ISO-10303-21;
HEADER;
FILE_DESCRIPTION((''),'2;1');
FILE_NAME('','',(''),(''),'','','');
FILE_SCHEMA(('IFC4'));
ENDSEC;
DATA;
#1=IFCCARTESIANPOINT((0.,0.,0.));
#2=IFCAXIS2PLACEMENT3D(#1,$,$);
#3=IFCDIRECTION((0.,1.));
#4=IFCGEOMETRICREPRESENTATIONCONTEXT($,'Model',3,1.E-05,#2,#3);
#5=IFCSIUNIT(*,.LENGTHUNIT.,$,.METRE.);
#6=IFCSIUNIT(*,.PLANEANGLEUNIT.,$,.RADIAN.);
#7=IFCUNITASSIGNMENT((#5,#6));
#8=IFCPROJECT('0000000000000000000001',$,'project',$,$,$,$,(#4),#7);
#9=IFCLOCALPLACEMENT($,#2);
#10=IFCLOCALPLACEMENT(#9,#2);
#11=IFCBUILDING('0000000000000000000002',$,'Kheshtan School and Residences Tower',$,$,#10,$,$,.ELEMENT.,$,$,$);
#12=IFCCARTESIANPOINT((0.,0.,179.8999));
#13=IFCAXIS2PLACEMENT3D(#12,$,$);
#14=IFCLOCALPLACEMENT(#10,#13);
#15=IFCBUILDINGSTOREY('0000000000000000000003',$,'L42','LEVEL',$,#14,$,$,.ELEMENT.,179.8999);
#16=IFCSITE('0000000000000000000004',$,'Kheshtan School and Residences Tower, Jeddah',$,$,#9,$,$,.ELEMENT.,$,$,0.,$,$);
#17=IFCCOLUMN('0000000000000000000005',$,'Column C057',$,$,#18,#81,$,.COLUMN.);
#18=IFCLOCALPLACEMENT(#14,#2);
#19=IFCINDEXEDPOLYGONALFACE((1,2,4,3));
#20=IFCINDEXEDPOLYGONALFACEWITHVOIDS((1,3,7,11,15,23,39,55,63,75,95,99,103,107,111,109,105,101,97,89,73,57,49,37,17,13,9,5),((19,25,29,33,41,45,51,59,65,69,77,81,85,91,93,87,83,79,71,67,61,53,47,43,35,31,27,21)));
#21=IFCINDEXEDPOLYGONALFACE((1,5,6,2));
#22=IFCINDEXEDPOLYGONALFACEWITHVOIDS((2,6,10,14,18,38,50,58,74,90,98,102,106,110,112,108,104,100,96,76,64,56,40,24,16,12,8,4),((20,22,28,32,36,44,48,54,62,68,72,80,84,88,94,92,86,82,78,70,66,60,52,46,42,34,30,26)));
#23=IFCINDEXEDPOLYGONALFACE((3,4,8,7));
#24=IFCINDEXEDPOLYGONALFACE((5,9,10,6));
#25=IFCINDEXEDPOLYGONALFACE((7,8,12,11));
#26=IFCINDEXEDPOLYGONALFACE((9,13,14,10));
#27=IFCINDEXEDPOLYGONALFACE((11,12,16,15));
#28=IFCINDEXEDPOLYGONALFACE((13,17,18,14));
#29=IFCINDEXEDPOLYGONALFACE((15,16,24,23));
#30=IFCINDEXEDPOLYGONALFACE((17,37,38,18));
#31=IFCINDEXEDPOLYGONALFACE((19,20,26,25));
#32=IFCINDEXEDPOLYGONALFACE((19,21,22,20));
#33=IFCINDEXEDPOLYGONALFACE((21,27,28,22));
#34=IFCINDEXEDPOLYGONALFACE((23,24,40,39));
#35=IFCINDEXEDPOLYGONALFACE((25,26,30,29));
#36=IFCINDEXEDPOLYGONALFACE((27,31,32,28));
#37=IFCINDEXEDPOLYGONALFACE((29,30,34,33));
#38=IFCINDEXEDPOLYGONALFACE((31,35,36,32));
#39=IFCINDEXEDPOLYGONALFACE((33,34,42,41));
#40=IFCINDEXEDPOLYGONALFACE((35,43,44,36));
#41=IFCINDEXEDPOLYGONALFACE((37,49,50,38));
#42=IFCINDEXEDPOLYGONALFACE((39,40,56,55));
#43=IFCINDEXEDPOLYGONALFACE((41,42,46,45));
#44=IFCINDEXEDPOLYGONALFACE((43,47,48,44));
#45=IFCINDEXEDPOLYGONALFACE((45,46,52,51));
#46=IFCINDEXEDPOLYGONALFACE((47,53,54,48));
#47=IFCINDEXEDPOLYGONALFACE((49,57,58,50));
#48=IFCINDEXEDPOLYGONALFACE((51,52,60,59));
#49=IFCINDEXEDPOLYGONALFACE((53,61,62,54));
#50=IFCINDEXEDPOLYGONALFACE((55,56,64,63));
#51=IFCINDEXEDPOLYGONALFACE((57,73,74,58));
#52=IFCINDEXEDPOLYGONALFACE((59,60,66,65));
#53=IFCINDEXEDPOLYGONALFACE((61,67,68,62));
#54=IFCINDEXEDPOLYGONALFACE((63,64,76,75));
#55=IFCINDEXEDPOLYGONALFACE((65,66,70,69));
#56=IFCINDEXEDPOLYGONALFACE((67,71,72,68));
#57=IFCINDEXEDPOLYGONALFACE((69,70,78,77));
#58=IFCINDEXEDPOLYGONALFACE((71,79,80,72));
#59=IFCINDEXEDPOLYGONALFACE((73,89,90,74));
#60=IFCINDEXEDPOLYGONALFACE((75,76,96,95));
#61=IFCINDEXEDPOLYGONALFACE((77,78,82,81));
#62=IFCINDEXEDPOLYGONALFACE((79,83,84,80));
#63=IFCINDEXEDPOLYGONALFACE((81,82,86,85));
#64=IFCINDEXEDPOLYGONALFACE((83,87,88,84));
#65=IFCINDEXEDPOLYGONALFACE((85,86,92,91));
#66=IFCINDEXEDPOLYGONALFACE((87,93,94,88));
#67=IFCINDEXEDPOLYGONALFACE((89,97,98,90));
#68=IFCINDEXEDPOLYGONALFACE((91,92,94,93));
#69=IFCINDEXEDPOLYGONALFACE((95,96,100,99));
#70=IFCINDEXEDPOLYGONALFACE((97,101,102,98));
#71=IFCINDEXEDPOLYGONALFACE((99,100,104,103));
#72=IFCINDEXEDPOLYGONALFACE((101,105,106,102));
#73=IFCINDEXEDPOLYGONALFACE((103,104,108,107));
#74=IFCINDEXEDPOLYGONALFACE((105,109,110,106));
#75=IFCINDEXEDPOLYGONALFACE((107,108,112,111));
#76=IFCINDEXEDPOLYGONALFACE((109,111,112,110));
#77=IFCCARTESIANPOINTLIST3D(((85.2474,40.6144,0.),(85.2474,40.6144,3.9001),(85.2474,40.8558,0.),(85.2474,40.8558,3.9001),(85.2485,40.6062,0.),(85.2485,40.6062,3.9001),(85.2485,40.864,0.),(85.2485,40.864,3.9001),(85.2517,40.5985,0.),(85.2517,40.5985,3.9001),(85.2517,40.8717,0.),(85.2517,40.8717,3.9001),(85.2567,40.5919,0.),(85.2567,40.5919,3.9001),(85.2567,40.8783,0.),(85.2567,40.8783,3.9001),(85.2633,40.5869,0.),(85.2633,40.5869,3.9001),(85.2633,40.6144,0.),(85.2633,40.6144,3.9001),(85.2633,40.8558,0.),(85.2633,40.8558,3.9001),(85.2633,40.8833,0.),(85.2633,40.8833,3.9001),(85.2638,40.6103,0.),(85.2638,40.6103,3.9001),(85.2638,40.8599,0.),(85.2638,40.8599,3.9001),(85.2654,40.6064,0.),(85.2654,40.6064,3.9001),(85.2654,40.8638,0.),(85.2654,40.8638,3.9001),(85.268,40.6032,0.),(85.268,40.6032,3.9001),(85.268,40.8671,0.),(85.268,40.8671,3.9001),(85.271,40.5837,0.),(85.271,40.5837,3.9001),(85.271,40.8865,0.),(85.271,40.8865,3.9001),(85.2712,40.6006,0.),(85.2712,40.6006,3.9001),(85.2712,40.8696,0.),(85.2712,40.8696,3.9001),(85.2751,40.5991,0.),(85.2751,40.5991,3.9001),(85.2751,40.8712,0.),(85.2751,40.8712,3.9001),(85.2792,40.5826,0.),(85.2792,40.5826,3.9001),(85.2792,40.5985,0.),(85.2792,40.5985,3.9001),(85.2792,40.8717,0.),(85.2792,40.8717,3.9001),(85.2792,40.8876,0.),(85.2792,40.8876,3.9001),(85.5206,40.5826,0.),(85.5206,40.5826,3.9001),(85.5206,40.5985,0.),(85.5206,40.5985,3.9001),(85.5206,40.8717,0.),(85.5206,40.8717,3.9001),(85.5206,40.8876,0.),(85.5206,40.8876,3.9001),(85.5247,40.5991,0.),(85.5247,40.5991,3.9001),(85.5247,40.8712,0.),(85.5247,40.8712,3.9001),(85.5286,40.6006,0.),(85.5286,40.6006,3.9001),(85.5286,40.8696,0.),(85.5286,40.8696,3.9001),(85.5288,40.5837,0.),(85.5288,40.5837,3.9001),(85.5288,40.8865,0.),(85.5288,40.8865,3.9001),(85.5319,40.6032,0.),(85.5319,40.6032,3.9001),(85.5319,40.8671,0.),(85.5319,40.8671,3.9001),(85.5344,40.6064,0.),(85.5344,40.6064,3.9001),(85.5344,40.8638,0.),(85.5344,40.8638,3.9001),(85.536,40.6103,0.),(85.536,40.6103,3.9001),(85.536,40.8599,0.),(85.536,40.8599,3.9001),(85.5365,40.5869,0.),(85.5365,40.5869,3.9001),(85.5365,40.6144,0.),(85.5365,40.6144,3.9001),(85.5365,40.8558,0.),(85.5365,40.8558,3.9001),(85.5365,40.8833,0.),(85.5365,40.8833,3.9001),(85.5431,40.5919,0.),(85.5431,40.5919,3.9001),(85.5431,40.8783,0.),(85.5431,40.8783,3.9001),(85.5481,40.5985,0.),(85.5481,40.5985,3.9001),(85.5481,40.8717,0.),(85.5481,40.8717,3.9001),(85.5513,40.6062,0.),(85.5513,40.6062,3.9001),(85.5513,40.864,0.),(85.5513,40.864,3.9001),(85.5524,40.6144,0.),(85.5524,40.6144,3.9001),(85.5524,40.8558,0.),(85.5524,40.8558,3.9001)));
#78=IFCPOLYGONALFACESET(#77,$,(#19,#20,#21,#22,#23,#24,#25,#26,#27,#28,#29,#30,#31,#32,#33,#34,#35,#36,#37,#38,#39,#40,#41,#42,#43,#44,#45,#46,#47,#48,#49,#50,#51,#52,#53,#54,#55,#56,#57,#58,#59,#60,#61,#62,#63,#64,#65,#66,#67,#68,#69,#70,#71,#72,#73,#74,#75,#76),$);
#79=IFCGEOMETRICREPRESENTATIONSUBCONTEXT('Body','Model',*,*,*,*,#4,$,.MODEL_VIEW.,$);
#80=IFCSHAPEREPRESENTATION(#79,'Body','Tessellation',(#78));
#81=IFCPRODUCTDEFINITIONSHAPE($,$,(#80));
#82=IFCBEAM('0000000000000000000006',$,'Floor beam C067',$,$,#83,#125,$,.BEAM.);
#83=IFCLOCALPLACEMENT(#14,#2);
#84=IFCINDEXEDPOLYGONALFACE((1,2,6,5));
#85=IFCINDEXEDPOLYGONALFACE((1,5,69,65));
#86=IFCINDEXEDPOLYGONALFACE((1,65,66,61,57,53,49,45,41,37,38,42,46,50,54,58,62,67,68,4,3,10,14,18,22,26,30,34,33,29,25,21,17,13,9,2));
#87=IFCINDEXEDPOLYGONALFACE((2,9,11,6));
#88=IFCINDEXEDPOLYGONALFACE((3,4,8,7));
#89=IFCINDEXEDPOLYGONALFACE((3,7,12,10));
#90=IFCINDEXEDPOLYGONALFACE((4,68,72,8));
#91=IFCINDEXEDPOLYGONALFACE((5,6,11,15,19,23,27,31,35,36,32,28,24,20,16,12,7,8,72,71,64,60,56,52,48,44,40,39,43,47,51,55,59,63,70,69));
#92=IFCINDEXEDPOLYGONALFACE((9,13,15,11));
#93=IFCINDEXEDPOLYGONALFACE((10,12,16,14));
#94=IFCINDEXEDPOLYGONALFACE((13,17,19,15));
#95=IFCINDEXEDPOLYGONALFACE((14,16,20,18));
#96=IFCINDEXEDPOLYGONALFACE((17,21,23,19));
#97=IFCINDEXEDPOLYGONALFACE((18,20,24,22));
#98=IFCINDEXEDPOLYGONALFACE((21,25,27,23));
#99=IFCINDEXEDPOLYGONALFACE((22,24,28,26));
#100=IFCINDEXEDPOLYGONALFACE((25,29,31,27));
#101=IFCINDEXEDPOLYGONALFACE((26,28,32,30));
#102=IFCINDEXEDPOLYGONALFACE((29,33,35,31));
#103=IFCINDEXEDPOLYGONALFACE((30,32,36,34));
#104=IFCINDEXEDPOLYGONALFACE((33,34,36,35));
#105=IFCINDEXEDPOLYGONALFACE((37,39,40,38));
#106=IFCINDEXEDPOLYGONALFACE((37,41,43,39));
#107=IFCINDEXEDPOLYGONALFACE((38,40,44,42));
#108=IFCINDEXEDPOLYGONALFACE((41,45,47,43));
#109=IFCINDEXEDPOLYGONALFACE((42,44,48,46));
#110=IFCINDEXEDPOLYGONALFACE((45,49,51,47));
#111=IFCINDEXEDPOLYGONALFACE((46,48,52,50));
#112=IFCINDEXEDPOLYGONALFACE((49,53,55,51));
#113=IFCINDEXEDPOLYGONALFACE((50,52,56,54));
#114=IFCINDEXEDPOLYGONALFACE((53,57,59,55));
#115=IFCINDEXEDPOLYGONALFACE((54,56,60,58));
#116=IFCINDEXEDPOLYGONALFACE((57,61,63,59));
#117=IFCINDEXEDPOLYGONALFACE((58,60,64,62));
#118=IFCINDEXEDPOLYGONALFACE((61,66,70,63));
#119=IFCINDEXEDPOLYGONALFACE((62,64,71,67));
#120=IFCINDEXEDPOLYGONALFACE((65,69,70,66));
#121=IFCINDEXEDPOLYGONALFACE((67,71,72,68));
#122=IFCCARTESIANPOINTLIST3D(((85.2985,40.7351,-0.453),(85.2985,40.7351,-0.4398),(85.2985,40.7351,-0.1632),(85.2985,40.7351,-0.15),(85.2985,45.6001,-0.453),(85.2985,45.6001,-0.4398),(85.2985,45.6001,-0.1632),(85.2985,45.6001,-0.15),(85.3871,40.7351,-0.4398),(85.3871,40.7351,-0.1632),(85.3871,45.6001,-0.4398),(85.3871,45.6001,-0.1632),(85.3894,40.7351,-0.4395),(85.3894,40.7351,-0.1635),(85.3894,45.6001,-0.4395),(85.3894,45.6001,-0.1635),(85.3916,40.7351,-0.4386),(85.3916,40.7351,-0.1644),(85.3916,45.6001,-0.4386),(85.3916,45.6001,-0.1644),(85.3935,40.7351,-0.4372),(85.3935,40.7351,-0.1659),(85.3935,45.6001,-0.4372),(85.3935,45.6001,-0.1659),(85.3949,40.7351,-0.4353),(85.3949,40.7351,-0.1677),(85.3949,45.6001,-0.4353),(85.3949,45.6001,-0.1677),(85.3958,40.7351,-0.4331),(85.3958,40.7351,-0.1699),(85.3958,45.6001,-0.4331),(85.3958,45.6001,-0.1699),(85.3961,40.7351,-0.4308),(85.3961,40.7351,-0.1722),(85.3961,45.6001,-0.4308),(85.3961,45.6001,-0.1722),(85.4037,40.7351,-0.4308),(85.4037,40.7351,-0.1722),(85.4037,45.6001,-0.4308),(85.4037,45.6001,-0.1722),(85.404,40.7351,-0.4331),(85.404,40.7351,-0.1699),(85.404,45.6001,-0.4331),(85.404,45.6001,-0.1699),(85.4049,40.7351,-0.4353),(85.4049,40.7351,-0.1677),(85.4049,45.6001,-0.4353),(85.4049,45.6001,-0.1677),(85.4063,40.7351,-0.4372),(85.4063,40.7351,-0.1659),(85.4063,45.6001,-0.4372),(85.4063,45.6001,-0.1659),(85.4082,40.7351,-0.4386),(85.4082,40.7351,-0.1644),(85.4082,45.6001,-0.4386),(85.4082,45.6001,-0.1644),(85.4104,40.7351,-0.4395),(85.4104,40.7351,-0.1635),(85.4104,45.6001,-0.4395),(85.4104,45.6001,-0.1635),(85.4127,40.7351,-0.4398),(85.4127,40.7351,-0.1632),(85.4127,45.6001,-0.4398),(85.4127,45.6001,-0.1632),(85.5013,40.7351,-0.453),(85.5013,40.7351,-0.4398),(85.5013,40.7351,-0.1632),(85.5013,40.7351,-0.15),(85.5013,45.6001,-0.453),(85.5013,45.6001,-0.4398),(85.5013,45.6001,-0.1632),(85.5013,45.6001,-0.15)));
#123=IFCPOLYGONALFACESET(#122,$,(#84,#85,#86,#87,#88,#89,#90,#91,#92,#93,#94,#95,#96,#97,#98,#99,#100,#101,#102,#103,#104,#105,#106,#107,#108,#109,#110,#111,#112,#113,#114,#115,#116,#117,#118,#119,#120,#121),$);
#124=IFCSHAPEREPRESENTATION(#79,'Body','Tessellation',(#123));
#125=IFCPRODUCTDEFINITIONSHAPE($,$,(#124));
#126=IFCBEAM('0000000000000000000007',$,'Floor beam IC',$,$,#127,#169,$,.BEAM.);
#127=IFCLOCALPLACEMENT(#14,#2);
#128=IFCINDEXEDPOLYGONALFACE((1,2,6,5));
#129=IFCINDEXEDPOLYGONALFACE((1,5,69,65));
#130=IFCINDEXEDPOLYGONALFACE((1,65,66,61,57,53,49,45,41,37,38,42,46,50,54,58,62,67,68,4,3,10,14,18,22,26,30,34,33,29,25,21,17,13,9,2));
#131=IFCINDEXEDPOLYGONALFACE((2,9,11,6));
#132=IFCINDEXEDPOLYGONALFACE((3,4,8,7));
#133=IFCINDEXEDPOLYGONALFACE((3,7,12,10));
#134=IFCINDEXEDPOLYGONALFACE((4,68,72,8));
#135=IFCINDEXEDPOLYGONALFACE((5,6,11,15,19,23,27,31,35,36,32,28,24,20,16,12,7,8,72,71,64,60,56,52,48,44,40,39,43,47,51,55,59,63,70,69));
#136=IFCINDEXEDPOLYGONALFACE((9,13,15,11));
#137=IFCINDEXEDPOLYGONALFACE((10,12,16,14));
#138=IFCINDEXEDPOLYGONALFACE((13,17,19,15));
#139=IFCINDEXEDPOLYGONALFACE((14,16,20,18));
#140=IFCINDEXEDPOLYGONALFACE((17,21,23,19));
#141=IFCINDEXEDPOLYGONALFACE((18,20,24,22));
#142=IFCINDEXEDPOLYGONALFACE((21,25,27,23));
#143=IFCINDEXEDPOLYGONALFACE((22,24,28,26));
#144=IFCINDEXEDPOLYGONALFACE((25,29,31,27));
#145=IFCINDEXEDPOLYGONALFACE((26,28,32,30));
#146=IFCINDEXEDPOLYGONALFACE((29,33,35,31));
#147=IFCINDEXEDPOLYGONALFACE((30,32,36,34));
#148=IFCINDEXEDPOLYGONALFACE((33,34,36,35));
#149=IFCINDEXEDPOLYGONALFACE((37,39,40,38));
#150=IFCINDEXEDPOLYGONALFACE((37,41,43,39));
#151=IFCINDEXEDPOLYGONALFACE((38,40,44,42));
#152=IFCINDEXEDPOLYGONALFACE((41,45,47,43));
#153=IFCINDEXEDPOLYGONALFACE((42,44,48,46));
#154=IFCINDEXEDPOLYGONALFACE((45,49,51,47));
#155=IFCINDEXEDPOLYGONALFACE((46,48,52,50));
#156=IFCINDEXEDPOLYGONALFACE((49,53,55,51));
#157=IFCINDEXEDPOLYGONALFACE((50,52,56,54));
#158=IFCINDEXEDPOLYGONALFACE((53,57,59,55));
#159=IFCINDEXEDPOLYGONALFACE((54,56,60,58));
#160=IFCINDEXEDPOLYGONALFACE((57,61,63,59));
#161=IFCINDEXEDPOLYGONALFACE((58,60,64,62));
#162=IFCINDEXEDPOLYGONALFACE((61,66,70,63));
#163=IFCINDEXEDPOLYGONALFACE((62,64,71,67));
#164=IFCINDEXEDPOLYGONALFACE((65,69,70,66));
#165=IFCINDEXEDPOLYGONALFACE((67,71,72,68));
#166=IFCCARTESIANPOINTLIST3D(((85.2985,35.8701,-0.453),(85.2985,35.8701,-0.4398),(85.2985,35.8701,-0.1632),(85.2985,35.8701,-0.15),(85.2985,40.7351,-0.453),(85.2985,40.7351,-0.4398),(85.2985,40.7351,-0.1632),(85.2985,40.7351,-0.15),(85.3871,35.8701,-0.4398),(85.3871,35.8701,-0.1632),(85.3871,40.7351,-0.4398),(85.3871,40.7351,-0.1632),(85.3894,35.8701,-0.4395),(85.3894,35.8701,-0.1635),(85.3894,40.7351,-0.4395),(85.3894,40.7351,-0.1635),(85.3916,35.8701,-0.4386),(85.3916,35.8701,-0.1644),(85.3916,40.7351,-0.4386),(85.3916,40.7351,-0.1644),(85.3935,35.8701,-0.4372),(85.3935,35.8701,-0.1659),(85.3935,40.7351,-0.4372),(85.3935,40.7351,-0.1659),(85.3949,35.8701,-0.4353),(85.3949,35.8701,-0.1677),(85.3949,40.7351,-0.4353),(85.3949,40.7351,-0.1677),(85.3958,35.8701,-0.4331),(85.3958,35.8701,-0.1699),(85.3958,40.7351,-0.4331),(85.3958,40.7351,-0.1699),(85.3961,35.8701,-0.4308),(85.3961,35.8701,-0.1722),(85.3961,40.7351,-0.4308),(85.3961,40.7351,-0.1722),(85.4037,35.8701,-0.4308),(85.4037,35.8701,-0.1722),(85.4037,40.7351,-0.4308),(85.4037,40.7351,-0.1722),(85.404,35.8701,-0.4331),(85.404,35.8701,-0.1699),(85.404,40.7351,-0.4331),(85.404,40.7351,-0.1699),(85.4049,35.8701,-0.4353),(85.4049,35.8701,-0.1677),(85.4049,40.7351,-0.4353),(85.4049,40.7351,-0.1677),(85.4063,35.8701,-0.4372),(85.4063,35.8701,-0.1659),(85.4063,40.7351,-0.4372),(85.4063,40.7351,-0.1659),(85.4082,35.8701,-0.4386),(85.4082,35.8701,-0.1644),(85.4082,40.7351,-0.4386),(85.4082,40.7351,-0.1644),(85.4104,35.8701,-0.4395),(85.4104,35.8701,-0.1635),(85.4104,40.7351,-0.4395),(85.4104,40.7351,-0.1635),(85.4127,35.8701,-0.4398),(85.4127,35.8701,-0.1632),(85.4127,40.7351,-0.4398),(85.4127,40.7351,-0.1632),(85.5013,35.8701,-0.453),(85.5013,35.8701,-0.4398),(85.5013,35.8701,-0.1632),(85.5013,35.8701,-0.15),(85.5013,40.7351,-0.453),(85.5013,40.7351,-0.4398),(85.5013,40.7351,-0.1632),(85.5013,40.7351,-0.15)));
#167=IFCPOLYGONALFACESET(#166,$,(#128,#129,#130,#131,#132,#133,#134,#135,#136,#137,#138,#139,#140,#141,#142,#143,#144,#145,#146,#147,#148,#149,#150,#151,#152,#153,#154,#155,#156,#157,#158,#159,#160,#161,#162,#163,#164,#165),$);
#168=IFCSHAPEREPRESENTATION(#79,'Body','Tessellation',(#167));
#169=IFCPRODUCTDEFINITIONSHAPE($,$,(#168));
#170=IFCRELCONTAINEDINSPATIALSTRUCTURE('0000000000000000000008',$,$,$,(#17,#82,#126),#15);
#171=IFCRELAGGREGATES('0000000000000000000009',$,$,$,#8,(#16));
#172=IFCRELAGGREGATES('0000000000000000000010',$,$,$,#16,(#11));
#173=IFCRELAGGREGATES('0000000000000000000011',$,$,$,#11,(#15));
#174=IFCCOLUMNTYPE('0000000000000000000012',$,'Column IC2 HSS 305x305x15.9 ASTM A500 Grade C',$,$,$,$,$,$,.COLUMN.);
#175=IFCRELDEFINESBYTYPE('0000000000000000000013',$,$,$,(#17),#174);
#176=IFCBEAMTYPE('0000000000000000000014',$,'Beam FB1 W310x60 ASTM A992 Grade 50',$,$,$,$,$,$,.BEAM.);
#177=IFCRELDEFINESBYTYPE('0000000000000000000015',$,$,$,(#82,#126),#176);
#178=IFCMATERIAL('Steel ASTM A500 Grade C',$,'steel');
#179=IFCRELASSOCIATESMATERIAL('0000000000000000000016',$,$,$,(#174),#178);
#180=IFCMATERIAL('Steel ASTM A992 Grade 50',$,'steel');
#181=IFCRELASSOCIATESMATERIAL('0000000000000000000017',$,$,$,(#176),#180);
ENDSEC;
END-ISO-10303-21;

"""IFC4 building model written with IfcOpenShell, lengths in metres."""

from ifc_helpers import new_model, si_unit, direction, frame, origin, origin_2d, place, context, subcontext, project, spatial, hollow_rectangle, i_section, extrude, material, material_profile, profile_set, type_object, element, save


model = new_model("IFC4")

# Units and contexts
model_context = context("Model", 3, precision=1e-05, world=origin(), true_north=direction((0.0, 1.0)))
body_context = subcontext(model_context, "Body", "Model", "MODEL_VIEW")
ifc_project = project(units=[si_unit("LENGTHUNIT", "METRE"), si_unit("PLANEANGLEUNIT", "RADIAN")], contexts=[model_context])

# Site, building, storey
site_placement = place(None, origin())
site = spatial("IfcSite", under=ifc_project, at=site_placement, Name="Kheshtan School and Residences Tower, Jeddah", CompositionType="ELEMENT", RefElevation=0.0)
building_placement = place(site_placement, origin())
building = spatial("IfcBuilding", under=site, at=building_placement, Name="Kheshtan School and Residences Tower", CompositionType="ELEMENT")
storey_placement = place(building_placement, frame((0.0, 0.0, 179.8999)))
storey = spatial("IfcBuildingStorey", under=building, at=storey_placement, Name="L42", Description="LEVEL", CompositionType="ELEMENT", Elevation=179.8999)

# Column
ifc_material_1 = material(Name="Steel ASTM A992 Grade 50", Category="steel")
ifc_material_2 = material(Name="Steel ASTM A500 Grade C", Category="steel")
ifc_material_profile_1 = material_profile(ifc_material_2, hollow_rectangle(XDim=0.3049, YDim=0.3049, WallThickness=0.0159, InnerFilletRadius=0.0159, OuterFilletRadius=0.0317, at=origin_2d()), Name="HSS 305x305x15.9")
ifc_profile_set_1 = profile_set([ifc_material_profile_1], Name="Steel ASTM A500 Grade C")
column_type_1 = type_object("IfcColumnType", Name="Column IC2 HSS 305x305x15.9 ASTM A500 Grade C", PredefinedType="COLUMN", material=ifc_profile_set_1)
for number, where, z_axis, x_axis, name in (
    (1, (85.3999, 40.7351, 0.0), (0.0, 0.0, 1.0), (1.0, 0.0, 0.0), "Column C057"),
):
    element("IfcColumn", number, at=place(storey_placement, frame(where, z_axis=z_axis, x_axis=x_axis)), inside=storey, type_object=column_type_1, Name=name, PredefinedType="COLUMN", context=body_context, shape_type="SweptSolid", body=[
        extrude(hollow_rectangle(XDim=0.3049, YDim=0.3049, WallThickness=0.0159, InnerFilletRadius=0.0159, OuterFilletRadius=0.0317, at=origin_2d()), origin(), (0.0, 0.0, 1.0), 3.9001),
    ])

# Beams
ifc_material_profile_2 = material_profile(ifc_material_1, i_section(OverallWidth=0.2029, OverallDepth=0.303, WebThickness=0.0076, FlangeThickness=0.0132, FilletRadius=0.009, at=origin_2d()), Name="W310x60")
ifc_profile_set_2 = profile_set([ifc_material_profile_2], Name="Steel ASTM A992 Grade 50")
beam_type_1 = type_object("IfcBeamType", Name="Beam FB1 W310x60 ASTM A992 Grade 50", PredefinedType="BEAM", material=ifc_profile_set_2)
for number, where, z_axis, x_axis, name in (
    (2, (85.3999, 45.6001, -0.3015), (0.0, -1.0, 0.0), (1.0, 0.0, 0.0), "Floor beam C067"),
    (3, (85.3999, 40.7351, -0.3015), (0.0, -1.0, 0.0), (1.0, 0.0, 0.0), "Floor beam IC"),
):
    element("IfcBeam", number, at=place(storey_placement, frame(where, z_axis=z_axis, x_axis=x_axis)), inside=storey, type_object=beam_type_1, Name=name, PredefinedType="BEAM", context=body_context, shape_type="SweptSolid", body=[
        extrude(i_section(OverallWidth=0.2029, OverallDepth=0.303, WebThickness=0.0076, FlangeThickness=0.0132, FilletRadius=0.009, at=origin_2d()), origin(), (0.0, 0.0, 1.0), 4.865),
    ])

save(model, "model.ifc")
